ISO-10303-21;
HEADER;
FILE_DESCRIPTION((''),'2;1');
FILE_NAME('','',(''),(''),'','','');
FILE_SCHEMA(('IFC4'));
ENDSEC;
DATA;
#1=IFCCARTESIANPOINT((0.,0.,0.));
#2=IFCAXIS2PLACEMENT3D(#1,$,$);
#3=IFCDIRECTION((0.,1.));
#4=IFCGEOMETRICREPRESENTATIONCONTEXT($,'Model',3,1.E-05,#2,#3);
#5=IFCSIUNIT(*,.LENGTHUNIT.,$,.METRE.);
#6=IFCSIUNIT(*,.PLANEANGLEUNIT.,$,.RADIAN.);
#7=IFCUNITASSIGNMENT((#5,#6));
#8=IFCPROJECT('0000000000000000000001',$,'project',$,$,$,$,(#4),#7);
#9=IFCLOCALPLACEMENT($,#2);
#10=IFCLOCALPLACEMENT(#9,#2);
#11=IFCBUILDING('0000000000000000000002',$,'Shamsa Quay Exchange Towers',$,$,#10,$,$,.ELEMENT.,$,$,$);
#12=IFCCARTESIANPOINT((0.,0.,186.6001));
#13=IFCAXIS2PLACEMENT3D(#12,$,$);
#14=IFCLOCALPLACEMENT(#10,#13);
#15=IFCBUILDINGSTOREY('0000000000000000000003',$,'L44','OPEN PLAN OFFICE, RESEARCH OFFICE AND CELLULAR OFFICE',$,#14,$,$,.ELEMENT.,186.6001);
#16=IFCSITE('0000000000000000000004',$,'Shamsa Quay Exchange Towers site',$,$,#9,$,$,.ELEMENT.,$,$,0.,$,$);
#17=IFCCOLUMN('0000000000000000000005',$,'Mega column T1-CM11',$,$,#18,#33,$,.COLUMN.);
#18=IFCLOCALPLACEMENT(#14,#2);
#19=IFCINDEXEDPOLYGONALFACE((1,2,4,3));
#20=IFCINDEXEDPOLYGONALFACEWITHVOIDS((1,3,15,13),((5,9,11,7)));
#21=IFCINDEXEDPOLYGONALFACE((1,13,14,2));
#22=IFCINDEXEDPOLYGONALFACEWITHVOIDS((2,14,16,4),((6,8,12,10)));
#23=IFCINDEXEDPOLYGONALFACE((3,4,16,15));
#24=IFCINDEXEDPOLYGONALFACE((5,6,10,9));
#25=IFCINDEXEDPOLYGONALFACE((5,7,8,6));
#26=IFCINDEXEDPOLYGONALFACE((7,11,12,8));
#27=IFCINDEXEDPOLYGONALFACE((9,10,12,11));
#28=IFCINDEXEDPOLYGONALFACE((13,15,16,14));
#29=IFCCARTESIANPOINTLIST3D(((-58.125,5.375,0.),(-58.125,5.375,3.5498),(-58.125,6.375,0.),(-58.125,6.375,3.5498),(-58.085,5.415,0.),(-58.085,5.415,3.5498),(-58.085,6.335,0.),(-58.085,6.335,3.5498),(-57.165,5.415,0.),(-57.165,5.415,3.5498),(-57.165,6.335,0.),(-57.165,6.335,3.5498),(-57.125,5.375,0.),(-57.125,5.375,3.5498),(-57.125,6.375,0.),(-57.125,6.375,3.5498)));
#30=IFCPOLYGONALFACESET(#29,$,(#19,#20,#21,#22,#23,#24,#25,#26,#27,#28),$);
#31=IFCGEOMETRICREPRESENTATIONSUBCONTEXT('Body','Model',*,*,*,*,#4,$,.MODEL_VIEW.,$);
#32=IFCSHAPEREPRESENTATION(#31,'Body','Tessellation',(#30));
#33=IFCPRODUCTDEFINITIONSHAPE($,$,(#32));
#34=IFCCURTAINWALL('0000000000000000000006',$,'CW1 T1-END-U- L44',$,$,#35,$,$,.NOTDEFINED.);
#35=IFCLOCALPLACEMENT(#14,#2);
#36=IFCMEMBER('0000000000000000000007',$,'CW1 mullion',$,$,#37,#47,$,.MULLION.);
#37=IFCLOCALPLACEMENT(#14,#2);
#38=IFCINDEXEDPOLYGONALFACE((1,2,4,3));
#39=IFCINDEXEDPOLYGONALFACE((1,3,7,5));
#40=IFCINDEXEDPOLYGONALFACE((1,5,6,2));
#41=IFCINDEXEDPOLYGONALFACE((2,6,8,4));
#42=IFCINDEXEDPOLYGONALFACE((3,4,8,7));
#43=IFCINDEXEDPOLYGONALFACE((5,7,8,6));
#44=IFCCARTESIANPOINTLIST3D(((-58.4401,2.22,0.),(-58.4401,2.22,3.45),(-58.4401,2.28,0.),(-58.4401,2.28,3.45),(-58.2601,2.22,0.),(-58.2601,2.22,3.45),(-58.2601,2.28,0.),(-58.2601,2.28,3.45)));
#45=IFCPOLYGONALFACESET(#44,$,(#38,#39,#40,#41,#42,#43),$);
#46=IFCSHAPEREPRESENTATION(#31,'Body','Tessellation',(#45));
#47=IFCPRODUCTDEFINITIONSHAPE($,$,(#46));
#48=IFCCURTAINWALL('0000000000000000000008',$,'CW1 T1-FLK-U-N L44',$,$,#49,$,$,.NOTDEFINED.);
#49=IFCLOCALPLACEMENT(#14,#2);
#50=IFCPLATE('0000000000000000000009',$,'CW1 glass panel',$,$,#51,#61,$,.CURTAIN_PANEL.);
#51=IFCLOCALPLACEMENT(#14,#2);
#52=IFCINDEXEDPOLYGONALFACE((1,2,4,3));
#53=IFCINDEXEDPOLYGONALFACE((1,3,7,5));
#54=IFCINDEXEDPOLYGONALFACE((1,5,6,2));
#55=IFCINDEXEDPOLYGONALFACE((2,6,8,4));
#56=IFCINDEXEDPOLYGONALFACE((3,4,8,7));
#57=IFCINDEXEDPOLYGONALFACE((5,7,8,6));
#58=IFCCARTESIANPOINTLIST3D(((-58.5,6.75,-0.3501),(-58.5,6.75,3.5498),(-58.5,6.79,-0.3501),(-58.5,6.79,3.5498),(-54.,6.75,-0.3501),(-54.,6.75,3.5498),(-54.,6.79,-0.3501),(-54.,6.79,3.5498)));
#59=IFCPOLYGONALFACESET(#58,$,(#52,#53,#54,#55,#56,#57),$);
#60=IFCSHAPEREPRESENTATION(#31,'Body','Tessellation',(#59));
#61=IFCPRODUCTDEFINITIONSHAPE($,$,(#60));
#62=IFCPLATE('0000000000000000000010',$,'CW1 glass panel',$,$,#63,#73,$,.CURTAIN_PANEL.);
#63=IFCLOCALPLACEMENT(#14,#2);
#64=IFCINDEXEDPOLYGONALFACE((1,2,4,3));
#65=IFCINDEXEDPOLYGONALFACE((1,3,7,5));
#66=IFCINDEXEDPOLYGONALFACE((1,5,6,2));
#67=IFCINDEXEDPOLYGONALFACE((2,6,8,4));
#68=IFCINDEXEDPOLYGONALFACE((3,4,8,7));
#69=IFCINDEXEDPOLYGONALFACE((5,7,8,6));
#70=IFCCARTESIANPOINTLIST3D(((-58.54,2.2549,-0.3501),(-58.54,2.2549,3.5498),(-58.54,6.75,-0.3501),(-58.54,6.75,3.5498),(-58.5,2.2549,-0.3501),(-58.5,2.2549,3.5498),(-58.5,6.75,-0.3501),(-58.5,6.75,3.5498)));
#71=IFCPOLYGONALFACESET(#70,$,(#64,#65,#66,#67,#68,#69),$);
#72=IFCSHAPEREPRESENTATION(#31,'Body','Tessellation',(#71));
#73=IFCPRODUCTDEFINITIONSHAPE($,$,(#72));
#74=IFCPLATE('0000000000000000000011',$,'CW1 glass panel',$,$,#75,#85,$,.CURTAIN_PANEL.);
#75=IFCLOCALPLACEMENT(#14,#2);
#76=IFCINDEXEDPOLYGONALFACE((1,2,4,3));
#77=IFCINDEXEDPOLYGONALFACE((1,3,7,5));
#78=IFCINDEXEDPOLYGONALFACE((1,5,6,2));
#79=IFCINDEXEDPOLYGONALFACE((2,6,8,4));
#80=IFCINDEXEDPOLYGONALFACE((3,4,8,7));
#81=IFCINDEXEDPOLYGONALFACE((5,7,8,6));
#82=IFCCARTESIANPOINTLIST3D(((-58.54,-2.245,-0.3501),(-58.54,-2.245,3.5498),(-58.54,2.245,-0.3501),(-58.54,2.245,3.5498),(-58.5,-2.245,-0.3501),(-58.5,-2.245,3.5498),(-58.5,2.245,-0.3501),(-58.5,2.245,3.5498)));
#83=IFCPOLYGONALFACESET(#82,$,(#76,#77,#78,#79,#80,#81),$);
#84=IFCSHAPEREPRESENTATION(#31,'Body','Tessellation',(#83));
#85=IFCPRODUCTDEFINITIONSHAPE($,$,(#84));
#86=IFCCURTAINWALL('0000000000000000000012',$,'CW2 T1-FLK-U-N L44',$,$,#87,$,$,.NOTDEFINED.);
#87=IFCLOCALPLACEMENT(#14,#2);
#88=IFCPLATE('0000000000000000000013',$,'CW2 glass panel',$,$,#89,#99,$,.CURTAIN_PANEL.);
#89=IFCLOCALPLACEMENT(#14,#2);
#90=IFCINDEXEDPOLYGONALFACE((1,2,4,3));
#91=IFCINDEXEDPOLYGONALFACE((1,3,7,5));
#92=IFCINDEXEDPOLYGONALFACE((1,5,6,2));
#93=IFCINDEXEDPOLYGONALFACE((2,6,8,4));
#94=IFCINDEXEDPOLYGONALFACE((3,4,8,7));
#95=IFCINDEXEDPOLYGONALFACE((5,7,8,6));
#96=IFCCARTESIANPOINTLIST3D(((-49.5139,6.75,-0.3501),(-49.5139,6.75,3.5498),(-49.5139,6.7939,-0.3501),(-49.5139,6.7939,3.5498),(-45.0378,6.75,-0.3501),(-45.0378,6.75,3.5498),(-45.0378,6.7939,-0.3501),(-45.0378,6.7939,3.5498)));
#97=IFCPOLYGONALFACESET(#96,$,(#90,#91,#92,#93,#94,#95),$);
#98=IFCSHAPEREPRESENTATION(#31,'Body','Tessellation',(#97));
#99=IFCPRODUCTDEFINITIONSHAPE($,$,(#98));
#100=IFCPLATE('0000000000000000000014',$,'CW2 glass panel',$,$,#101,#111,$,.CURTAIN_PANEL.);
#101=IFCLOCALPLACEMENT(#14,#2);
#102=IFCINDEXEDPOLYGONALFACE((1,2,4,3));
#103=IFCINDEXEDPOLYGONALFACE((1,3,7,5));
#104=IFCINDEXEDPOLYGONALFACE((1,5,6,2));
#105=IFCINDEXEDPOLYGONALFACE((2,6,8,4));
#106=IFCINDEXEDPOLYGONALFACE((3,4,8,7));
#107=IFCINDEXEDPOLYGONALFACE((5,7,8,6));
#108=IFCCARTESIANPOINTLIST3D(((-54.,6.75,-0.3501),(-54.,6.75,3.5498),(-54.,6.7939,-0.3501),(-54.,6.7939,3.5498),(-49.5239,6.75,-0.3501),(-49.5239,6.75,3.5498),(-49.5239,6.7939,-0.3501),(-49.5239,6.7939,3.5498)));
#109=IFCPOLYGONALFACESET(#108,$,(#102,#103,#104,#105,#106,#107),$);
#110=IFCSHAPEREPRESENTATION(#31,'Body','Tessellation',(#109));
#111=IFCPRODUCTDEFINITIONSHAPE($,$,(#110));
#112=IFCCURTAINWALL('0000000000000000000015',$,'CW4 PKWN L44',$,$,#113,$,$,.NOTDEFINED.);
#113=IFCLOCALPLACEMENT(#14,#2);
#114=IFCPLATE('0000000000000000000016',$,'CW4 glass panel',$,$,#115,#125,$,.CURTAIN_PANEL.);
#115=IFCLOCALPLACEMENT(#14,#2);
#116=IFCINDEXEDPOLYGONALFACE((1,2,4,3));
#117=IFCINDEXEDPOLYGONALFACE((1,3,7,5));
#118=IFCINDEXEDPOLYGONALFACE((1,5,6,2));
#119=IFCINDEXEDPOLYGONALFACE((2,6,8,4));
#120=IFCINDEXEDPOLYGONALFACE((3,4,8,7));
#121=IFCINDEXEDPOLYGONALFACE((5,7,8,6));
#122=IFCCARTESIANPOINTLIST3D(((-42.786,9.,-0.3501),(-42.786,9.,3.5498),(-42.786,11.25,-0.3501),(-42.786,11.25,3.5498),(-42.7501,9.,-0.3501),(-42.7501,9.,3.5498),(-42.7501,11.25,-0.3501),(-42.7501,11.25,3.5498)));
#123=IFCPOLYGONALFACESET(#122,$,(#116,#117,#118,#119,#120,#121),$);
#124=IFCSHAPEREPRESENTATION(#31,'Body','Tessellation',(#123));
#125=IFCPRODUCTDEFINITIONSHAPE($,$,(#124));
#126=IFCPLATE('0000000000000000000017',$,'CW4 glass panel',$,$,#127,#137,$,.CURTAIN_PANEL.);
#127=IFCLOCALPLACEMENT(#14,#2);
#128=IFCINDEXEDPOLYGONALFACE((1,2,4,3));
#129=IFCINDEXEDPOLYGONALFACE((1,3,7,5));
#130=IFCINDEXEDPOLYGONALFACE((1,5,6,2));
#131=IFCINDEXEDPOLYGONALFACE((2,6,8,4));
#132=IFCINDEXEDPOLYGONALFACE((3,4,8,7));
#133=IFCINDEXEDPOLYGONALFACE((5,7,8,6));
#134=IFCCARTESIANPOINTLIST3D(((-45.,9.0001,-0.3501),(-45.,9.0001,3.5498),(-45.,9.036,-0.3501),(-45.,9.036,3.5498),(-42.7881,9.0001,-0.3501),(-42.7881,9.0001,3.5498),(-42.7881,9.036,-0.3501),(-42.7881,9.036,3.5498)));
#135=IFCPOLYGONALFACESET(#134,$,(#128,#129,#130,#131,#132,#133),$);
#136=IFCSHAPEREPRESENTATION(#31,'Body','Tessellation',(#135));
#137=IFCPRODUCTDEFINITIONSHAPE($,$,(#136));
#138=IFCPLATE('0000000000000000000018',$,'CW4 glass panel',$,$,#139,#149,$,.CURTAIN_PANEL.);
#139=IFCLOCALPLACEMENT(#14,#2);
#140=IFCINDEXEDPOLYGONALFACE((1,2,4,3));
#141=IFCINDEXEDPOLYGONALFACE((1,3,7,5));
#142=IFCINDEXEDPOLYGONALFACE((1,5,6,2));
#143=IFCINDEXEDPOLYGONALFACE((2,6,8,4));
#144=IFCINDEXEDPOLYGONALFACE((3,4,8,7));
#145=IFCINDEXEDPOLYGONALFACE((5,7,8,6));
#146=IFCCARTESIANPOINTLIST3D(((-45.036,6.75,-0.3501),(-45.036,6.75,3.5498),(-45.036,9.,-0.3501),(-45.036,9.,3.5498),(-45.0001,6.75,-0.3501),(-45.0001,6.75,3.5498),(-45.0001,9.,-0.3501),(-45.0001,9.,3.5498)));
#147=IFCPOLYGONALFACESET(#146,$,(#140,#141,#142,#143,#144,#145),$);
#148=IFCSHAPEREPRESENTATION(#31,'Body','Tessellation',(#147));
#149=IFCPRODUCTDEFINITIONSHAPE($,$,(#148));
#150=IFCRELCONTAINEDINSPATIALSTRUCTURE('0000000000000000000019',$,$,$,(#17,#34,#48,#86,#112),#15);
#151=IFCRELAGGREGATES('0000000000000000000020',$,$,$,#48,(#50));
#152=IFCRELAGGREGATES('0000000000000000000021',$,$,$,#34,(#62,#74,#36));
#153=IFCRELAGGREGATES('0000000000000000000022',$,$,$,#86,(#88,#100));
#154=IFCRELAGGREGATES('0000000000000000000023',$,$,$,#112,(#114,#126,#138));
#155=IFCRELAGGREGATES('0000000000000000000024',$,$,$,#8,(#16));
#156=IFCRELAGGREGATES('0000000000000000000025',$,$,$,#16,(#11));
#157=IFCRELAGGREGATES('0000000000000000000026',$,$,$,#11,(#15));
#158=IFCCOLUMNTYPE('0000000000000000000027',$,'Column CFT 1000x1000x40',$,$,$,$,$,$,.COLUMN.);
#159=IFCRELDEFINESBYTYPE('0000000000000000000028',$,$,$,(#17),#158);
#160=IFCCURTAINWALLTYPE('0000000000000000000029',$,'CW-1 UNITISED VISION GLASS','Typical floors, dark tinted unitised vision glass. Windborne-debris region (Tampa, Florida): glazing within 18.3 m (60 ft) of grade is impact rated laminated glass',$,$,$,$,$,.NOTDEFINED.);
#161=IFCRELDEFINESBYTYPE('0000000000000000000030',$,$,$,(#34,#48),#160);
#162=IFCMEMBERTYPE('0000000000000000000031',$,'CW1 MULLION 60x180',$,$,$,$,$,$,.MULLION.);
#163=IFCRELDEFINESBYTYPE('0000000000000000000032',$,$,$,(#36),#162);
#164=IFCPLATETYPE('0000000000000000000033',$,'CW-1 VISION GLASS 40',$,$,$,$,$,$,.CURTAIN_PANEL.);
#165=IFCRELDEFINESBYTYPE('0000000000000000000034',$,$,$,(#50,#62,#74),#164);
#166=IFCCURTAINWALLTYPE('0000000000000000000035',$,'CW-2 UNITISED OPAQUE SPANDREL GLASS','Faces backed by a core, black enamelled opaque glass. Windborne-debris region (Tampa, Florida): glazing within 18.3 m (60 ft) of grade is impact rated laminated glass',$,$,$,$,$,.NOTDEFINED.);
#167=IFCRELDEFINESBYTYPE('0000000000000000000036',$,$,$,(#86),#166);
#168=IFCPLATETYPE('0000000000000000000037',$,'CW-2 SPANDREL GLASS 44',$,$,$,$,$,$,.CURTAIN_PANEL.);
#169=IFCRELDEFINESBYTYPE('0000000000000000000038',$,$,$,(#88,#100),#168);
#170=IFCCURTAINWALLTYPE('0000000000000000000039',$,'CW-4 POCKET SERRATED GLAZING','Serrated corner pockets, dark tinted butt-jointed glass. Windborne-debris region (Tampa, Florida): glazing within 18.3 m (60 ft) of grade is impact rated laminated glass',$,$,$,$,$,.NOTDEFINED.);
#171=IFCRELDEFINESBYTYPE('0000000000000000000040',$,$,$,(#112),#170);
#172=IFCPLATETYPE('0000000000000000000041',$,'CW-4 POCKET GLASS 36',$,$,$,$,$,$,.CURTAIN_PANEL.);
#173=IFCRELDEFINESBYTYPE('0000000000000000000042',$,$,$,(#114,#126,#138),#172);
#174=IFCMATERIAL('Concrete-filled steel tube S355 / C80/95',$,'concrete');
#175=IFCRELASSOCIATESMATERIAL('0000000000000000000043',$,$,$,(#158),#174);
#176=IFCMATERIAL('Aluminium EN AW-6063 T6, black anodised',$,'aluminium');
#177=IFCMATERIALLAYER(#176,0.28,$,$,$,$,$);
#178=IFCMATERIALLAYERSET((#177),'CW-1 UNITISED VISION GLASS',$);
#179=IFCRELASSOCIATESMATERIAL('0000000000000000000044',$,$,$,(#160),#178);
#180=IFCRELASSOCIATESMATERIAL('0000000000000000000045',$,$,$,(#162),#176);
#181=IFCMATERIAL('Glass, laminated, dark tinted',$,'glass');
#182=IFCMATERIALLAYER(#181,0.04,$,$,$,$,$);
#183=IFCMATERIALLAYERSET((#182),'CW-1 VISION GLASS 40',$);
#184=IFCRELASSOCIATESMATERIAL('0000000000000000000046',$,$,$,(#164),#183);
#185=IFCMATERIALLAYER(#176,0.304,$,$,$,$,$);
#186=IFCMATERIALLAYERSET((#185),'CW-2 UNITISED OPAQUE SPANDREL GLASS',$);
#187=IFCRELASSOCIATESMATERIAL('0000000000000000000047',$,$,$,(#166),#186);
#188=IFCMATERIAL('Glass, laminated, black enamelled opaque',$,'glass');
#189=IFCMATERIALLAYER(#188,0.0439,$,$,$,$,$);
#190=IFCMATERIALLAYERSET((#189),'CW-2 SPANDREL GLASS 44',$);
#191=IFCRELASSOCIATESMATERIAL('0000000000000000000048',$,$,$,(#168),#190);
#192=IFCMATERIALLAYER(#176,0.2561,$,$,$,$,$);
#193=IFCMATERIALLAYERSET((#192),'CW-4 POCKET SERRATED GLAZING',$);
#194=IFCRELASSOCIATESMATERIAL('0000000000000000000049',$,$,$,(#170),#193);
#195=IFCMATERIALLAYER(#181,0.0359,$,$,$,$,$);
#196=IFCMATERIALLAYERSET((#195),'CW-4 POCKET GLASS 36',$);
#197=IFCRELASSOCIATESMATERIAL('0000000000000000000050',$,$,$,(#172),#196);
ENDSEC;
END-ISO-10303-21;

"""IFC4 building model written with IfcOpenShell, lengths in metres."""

from ifc_helpers import new_model, si_unit, direction, frame, origin, origin_2d, place, context, subcontext, project, spatial, rectangle, hollow_rectangle, extrude, material, layer, layer_set, material_profile, profile_set, type_object, element, aggregate, save


model = new_model("IFC4")

# Units and contexts
model_context = context("Model", 3, precision=1e-05, world=origin(), true_north=direction((0.0, 1.0)))
body_context = subcontext(model_context, "Body", "Model", "MODEL_VIEW")
ifc_project = project(units=[si_unit("LENGTHUNIT", "METRE"), si_unit("PLANEANGLEUNIT", "RADIAN")], contexts=[model_context])

# Site, building, storey
site_placement = place(None, origin())
site = spatial("IfcSite", under=ifc_project, at=site_placement, Name="Shamsa Quay Exchange Towers site", CompositionType="ELEMENT", RefElevation=0.0)
building_placement = place(site_placement, origin())
building = spatial("IfcBuilding", under=site, at=building_placement, Name="Shamsa Quay Exchange Towers", CompositionType="ELEMENT")
storey_placement = place(building_placement, frame((0.0, 0.0, 186.6001)))
storey = spatial("IfcBuildingStorey", under=building, at=storey_placement, Name="L44", Description="OPEN PLAN OFFICE, RESEARCH OFFICE AND CELLULAR OFFICE", CompositionType="ELEMENT", Elevation=186.6001)

# Column
ifc_material_1 = material(Name="Concrete-filled steel tube S355 / C80/95", Category="concrete")
ifc_material_profile_1 = material_profile(ifc_material_1, hollow_rectangle(XDim=1.0, YDim=1.0, WallThickness=0.04, at=origin_2d()), Name="CFT 1000x1000x40")
ifc_profile_set_1 = profile_set([ifc_material_profile_1], Name="Concrete-filled steel tube S355 / C80/95")
column_type = type_object("IfcColumnType", Name="Column CFT 1000x1000x40", PredefinedType="COLUMN", material=ifc_profile_set_1)
column_placement = place(storey_placement, frame((-57.625, 5.875, 0.0)))
element("IfcColumn", 1, at=column_placement, inside=storey, type_object=column_type, Name="Mega column T1-CM11", PredefinedType="COLUMN", context=body_context, shape_type="SweptSolid", body=[
    extrude(hollow_rectangle(XDim=1.0, YDim=1.0, WallThickness=0.04, at=origin_2d()), origin(), (0.0, 0.0, 1.0), 3.5498),
])

# Curtain wall, member
ifc_material_2 = material(Name="Aluminium EN AW-6063 T6, black anodised", Category="aluminium")
ifc_layer_1 = layer(ifc_material_2, 0.28)
ifc_layer_set_1 = layer_set([ifc_layer_1], Name="CW-1 UNITISED VISION GLASS")
curtain_wall_type_1 = type_object("IfcCurtainWallType", Name="CW-1 UNITISED VISION GLASS", Description="Typical floors, dark tinted unitised vision glass. Windborne-debris region (Tampa, Florida): glazing within 18.3 m (60 ft) of grade is impact rated laminated glass", PredefinedType="NOTDEFINED", material=ifc_layer_set_1)
curtain_wall_1_placement = place(storey_placement, origin())
curtain_wall_1 = element("IfcCurtainWall", 2, at=curtain_wall_1_placement, inside=storey, type_object=curtain_wall_type_1, Name="CW1 T1-END-U- L44", PredefinedType="NOTDEFINED")
ifc_material_profile_2 = material_profile(ifc_material_2, rectangle(XDim=0.1799, YDim=0.0601, at=origin_2d()), Name="MU60x180")
ifc_profile_set_2 = profile_set([ifc_material_profile_2], Name="Aluminium EN AW-6063 T6, black anodised")
member_type = type_object("IfcMemberType", Name="CW1 MULLION 60x180", PredefinedType="MULLION", material=ifc_profile_set_2)
member_placement = place(storey_placement, frame((-58.3501, 2.25, 0.0)))
member = element("IfcMember", 3, at=member_placement, type_object=member_type, Name="CW1 mullion", PredefinedType="MULLION", context=body_context, shape_type="SweptSolid", body=[
    extrude(rectangle(XDim=0.1799, YDim=0.0601, at=origin_2d()), origin(), (0.0, 0.0, 1.0), 3.45),
])

# Curtain wall, plate
curtain_wall_2_placement = place(storey_placement, origin())
curtain_wall_2 = element("IfcCurtainWall", 4, at=curtain_wall_2_placement, inside=storey, type_object=curtain_wall_type_1, Name="CW1 T1-FLK-U-N L44", PredefinedType="NOTDEFINED")
ifc_material_3 = material(Name="Glass, laminated, dark tinted", Category="glass")
ifc_layer_2 = layer(ifc_material_3, 0.04)
ifc_layer_set_2 = layer_set([ifc_layer_2], Name="CW-1 VISION GLASS 40")
plate_type_1 = type_object("IfcPlateType", Name="CW-1 VISION GLASS 40", PredefinedType="CURTAIN_PANEL", material=ifc_layer_set_2)
plate_1_placement = place(storey_placement, frame((-56.25, 6.77, -0.3501), z_axis=(0.0, 0.0, 1.0), x_axis=(-1.0, 0.0, 0.0)))
plate_1 = element("IfcPlate", 5, at=plate_1_placement, type_object=plate_type_1, Name="CW1 glass panel", PredefinedType="CURTAIN_PANEL", context=body_context, shape_type="SweptSolid", body=[
    extrude(rectangle(XDim=4.5, YDim=0.04, at=origin_2d()), origin(), (0.0, 0.0, 1.0), 3.8999),
])
aggregate(curtain_wall_2, [plate_1])

# Plates
plate_2_placement = place(storey_placement, frame((-58.52, 4.5024, -0.3501), z_axis=(0.0, 0.0, 1.0), x_axis=(0.0, -1.0, 0.0)))
plate_2 = element("IfcPlate", 6, at=plate_2_placement, type_object=plate_type_1, Name="CW1 glass panel", PredefinedType="CURTAIN_PANEL", context=body_context, shape_type="SweptSolid", body=[
    extrude(rectangle(XDim=4.4951, YDim=0.04, at=origin_2d()), origin(), (0.0, 0.0, 1.0), 3.8999),
])
plate_3_placement = place(storey_placement, frame((-58.52, 0.0, -0.3501), z_axis=(0.0, 0.0, 1.0), x_axis=(0.0, -1.0, 0.0)))
plate_3 = element("IfcPlate", 7, at=plate_3_placement, type_object=plate_type_1, Name="CW1 glass panel", PredefinedType="CURTAIN_PANEL", context=body_context, shape_type="SweptSolid", body=[
    extrude(rectangle(XDim=4.49, YDim=0.04, at=origin_2d()), origin(), (0.0, 0.0, 1.0), 3.8999),
])
aggregate(curtain_wall_1, [plate_2, plate_3, member])

# Curtain walls, plates
ifc_layer_3 = layer(ifc_material_2, 0.304)
ifc_layer_set_3 = layer_set([ifc_layer_3], Name="CW-2 UNITISED OPAQUE SPANDREL GLASS")
curtain_wall_type_2 = type_object("IfcCurtainWallType", Name="CW-2 UNITISED OPAQUE SPANDREL GLASS", Description="Faces backed by a core, black enamelled opaque glass. Windborne-debris region (Tampa, Florida): glazing within 18.3 m (60 ft) of grade is impact rated laminated glass", PredefinedType="NOTDEFINED", material=ifc_layer_set_3)
curtain_wall_3_placement = place(storey_placement, origin())
curtain_wall_3 = element("IfcCurtainWall", 8, at=curtain_wall_3_placement, inside=storey, type_object=curtain_wall_type_2, Name="CW2 T1-FLK-U-N L44", PredefinedType="NOTDEFINED")
ifc_material_4 = material(Name="Glass, laminated, black enamelled opaque", Category="glass")
ifc_layer_4 = layer(ifc_material_4, 0.0439)
ifc_layer_set_4 = layer_set([ifc_layer_4], Name="CW-2 SPANDREL GLASS 44")
plate_type_2 = type_object("IfcPlateType", Name="CW-2 SPANDREL GLASS 44", PredefinedType="CURTAIN_PANEL", material=ifc_layer_set_4)
plate_4_placement = place(storey_placement, frame((-47.2759, 6.772, -0.3501), z_axis=(0.0, 0.0, 1.0), x_axis=(-1.0, 0.0, 0.0)))
plate_4 = element("IfcPlate", 9, at=plate_4_placement, type_object=plate_type_2, Name="CW2 glass panel", PredefinedType="CURTAIN_PANEL", context=body_context, shape_type="SweptSolid", body=[
    extrude(rectangle(XDim=4.4761, YDim=0.0439, at=origin_2d()), origin(), (0.0, 0.0, 1.0), 3.8999),
])
plate_5_placement = place(storey_placement, frame((-51.762, 6.772, -0.3501), z_axis=(0.0, 0.0, 1.0), x_axis=(-1.0, 0.0, 0.0)))
plate_5 = element("IfcPlate", 10, at=plate_5_placement, type_object=plate_type_2, Name="CW2 glass panel", PredefinedType="CURTAIN_PANEL", context=body_context, shape_type="SweptSolid", body=[
    extrude(rectangle(XDim=4.4761, YDim=0.0439, at=origin_2d()), origin(), (0.0, 0.0, 1.0), 3.8999),
])
aggregate(curtain_wall_3, [plate_4, plate_5])
ifc_layer_5 = layer(ifc_material_2, 0.2561)
ifc_layer_set_5 = layer_set([ifc_layer_5], Name="CW-4 POCKET SERRATED GLAZING")
curtain_wall_type_3 = type_object("IfcCurtainWallType", Name="CW-4 POCKET SERRATED GLAZING", Description="Serrated corner pockets, dark tinted butt-jointed glass. Windborne-debris region (Tampa, Florida): glazing within 18.3 m (60 ft) of grade is impact rated laminated glass", PredefinedType="NOTDEFINED", material=ifc_layer_set_5)
curtain_wall_4_placement = place(storey_placement, origin())
curtain_wall_4 = element("IfcCurtainWall", 11, at=curtain_wall_4_placement, inside=storey, type_object=curtain_wall_type_3, Name="CW4 PKWN L44", PredefinedType="NOTDEFINED")
ifc_layer_6 = layer(ifc_material_3, 0.0359)
ifc_layer_set_6 = layer_set([ifc_layer_6], Name="CW-4 POCKET GLASS 36")
plate_type_3 = type_object("IfcPlateType", Name="CW-4 POCKET GLASS 36", PredefinedType="CURTAIN_PANEL", material=ifc_layer_set_6)
plate_6_placement = place(storey_placement, frame((-42.7681, 10.125, -0.3501), z_axis=(0.0, 0.0, 1.0), x_axis=(0.0, -1.0, 0.0)))
plate_6 = element("IfcPlate", 12, at=plate_6_placement, type_object=plate_type_3, Name="CW4 glass panel", PredefinedType="CURTAIN_PANEL", context=body_context, shape_type="SweptSolid", body=[
    extrude(rectangle(XDim=2.25, YDim=0.0359, at=origin_2d()), origin(), (0.0, 0.0, 1.0), 3.8999),
])
plate_7_placement = place(storey_placement, frame((-43.894, 9.0181, -0.3501), z_axis=(0.0, 0.0, 1.0), x_axis=(-1.0, 0.0, 0.0)))
plate_7 = element("IfcPlate", 13, at=plate_7_placement, type_object=plate_type_3, Name="CW4 glass panel", PredefinedType="CURTAIN_PANEL", context=body_context, shape_type="SweptSolid", body=[
    extrude(rectangle(XDim=2.2119, YDim=0.0359, at=origin_2d()), origin(), (0.0, 0.0, 1.0), 3.8999),
])
plate_8_placement = place(storey_placement, frame((-45.0181, 7.875, -0.3501), z_axis=(0.0, 0.0, 1.0), x_axis=(0.0, -1.0, 0.0)))
plate_8 = element("IfcPlate", 14, at=plate_8_placement, type_object=plate_type_3, Name="CW4 glass panel", PredefinedType="CURTAIN_PANEL", context=body_context, shape_type="SweptSolid", body=[
    extrude(rectangle(XDim=2.25, YDim=0.0359, at=origin_2d()), origin(), (0.0, 0.0, 1.0), 3.8999),
])
aggregate(curtain_wall_4, [plate_6, plate_7, plate_8])

save(model, "model.ifc")
